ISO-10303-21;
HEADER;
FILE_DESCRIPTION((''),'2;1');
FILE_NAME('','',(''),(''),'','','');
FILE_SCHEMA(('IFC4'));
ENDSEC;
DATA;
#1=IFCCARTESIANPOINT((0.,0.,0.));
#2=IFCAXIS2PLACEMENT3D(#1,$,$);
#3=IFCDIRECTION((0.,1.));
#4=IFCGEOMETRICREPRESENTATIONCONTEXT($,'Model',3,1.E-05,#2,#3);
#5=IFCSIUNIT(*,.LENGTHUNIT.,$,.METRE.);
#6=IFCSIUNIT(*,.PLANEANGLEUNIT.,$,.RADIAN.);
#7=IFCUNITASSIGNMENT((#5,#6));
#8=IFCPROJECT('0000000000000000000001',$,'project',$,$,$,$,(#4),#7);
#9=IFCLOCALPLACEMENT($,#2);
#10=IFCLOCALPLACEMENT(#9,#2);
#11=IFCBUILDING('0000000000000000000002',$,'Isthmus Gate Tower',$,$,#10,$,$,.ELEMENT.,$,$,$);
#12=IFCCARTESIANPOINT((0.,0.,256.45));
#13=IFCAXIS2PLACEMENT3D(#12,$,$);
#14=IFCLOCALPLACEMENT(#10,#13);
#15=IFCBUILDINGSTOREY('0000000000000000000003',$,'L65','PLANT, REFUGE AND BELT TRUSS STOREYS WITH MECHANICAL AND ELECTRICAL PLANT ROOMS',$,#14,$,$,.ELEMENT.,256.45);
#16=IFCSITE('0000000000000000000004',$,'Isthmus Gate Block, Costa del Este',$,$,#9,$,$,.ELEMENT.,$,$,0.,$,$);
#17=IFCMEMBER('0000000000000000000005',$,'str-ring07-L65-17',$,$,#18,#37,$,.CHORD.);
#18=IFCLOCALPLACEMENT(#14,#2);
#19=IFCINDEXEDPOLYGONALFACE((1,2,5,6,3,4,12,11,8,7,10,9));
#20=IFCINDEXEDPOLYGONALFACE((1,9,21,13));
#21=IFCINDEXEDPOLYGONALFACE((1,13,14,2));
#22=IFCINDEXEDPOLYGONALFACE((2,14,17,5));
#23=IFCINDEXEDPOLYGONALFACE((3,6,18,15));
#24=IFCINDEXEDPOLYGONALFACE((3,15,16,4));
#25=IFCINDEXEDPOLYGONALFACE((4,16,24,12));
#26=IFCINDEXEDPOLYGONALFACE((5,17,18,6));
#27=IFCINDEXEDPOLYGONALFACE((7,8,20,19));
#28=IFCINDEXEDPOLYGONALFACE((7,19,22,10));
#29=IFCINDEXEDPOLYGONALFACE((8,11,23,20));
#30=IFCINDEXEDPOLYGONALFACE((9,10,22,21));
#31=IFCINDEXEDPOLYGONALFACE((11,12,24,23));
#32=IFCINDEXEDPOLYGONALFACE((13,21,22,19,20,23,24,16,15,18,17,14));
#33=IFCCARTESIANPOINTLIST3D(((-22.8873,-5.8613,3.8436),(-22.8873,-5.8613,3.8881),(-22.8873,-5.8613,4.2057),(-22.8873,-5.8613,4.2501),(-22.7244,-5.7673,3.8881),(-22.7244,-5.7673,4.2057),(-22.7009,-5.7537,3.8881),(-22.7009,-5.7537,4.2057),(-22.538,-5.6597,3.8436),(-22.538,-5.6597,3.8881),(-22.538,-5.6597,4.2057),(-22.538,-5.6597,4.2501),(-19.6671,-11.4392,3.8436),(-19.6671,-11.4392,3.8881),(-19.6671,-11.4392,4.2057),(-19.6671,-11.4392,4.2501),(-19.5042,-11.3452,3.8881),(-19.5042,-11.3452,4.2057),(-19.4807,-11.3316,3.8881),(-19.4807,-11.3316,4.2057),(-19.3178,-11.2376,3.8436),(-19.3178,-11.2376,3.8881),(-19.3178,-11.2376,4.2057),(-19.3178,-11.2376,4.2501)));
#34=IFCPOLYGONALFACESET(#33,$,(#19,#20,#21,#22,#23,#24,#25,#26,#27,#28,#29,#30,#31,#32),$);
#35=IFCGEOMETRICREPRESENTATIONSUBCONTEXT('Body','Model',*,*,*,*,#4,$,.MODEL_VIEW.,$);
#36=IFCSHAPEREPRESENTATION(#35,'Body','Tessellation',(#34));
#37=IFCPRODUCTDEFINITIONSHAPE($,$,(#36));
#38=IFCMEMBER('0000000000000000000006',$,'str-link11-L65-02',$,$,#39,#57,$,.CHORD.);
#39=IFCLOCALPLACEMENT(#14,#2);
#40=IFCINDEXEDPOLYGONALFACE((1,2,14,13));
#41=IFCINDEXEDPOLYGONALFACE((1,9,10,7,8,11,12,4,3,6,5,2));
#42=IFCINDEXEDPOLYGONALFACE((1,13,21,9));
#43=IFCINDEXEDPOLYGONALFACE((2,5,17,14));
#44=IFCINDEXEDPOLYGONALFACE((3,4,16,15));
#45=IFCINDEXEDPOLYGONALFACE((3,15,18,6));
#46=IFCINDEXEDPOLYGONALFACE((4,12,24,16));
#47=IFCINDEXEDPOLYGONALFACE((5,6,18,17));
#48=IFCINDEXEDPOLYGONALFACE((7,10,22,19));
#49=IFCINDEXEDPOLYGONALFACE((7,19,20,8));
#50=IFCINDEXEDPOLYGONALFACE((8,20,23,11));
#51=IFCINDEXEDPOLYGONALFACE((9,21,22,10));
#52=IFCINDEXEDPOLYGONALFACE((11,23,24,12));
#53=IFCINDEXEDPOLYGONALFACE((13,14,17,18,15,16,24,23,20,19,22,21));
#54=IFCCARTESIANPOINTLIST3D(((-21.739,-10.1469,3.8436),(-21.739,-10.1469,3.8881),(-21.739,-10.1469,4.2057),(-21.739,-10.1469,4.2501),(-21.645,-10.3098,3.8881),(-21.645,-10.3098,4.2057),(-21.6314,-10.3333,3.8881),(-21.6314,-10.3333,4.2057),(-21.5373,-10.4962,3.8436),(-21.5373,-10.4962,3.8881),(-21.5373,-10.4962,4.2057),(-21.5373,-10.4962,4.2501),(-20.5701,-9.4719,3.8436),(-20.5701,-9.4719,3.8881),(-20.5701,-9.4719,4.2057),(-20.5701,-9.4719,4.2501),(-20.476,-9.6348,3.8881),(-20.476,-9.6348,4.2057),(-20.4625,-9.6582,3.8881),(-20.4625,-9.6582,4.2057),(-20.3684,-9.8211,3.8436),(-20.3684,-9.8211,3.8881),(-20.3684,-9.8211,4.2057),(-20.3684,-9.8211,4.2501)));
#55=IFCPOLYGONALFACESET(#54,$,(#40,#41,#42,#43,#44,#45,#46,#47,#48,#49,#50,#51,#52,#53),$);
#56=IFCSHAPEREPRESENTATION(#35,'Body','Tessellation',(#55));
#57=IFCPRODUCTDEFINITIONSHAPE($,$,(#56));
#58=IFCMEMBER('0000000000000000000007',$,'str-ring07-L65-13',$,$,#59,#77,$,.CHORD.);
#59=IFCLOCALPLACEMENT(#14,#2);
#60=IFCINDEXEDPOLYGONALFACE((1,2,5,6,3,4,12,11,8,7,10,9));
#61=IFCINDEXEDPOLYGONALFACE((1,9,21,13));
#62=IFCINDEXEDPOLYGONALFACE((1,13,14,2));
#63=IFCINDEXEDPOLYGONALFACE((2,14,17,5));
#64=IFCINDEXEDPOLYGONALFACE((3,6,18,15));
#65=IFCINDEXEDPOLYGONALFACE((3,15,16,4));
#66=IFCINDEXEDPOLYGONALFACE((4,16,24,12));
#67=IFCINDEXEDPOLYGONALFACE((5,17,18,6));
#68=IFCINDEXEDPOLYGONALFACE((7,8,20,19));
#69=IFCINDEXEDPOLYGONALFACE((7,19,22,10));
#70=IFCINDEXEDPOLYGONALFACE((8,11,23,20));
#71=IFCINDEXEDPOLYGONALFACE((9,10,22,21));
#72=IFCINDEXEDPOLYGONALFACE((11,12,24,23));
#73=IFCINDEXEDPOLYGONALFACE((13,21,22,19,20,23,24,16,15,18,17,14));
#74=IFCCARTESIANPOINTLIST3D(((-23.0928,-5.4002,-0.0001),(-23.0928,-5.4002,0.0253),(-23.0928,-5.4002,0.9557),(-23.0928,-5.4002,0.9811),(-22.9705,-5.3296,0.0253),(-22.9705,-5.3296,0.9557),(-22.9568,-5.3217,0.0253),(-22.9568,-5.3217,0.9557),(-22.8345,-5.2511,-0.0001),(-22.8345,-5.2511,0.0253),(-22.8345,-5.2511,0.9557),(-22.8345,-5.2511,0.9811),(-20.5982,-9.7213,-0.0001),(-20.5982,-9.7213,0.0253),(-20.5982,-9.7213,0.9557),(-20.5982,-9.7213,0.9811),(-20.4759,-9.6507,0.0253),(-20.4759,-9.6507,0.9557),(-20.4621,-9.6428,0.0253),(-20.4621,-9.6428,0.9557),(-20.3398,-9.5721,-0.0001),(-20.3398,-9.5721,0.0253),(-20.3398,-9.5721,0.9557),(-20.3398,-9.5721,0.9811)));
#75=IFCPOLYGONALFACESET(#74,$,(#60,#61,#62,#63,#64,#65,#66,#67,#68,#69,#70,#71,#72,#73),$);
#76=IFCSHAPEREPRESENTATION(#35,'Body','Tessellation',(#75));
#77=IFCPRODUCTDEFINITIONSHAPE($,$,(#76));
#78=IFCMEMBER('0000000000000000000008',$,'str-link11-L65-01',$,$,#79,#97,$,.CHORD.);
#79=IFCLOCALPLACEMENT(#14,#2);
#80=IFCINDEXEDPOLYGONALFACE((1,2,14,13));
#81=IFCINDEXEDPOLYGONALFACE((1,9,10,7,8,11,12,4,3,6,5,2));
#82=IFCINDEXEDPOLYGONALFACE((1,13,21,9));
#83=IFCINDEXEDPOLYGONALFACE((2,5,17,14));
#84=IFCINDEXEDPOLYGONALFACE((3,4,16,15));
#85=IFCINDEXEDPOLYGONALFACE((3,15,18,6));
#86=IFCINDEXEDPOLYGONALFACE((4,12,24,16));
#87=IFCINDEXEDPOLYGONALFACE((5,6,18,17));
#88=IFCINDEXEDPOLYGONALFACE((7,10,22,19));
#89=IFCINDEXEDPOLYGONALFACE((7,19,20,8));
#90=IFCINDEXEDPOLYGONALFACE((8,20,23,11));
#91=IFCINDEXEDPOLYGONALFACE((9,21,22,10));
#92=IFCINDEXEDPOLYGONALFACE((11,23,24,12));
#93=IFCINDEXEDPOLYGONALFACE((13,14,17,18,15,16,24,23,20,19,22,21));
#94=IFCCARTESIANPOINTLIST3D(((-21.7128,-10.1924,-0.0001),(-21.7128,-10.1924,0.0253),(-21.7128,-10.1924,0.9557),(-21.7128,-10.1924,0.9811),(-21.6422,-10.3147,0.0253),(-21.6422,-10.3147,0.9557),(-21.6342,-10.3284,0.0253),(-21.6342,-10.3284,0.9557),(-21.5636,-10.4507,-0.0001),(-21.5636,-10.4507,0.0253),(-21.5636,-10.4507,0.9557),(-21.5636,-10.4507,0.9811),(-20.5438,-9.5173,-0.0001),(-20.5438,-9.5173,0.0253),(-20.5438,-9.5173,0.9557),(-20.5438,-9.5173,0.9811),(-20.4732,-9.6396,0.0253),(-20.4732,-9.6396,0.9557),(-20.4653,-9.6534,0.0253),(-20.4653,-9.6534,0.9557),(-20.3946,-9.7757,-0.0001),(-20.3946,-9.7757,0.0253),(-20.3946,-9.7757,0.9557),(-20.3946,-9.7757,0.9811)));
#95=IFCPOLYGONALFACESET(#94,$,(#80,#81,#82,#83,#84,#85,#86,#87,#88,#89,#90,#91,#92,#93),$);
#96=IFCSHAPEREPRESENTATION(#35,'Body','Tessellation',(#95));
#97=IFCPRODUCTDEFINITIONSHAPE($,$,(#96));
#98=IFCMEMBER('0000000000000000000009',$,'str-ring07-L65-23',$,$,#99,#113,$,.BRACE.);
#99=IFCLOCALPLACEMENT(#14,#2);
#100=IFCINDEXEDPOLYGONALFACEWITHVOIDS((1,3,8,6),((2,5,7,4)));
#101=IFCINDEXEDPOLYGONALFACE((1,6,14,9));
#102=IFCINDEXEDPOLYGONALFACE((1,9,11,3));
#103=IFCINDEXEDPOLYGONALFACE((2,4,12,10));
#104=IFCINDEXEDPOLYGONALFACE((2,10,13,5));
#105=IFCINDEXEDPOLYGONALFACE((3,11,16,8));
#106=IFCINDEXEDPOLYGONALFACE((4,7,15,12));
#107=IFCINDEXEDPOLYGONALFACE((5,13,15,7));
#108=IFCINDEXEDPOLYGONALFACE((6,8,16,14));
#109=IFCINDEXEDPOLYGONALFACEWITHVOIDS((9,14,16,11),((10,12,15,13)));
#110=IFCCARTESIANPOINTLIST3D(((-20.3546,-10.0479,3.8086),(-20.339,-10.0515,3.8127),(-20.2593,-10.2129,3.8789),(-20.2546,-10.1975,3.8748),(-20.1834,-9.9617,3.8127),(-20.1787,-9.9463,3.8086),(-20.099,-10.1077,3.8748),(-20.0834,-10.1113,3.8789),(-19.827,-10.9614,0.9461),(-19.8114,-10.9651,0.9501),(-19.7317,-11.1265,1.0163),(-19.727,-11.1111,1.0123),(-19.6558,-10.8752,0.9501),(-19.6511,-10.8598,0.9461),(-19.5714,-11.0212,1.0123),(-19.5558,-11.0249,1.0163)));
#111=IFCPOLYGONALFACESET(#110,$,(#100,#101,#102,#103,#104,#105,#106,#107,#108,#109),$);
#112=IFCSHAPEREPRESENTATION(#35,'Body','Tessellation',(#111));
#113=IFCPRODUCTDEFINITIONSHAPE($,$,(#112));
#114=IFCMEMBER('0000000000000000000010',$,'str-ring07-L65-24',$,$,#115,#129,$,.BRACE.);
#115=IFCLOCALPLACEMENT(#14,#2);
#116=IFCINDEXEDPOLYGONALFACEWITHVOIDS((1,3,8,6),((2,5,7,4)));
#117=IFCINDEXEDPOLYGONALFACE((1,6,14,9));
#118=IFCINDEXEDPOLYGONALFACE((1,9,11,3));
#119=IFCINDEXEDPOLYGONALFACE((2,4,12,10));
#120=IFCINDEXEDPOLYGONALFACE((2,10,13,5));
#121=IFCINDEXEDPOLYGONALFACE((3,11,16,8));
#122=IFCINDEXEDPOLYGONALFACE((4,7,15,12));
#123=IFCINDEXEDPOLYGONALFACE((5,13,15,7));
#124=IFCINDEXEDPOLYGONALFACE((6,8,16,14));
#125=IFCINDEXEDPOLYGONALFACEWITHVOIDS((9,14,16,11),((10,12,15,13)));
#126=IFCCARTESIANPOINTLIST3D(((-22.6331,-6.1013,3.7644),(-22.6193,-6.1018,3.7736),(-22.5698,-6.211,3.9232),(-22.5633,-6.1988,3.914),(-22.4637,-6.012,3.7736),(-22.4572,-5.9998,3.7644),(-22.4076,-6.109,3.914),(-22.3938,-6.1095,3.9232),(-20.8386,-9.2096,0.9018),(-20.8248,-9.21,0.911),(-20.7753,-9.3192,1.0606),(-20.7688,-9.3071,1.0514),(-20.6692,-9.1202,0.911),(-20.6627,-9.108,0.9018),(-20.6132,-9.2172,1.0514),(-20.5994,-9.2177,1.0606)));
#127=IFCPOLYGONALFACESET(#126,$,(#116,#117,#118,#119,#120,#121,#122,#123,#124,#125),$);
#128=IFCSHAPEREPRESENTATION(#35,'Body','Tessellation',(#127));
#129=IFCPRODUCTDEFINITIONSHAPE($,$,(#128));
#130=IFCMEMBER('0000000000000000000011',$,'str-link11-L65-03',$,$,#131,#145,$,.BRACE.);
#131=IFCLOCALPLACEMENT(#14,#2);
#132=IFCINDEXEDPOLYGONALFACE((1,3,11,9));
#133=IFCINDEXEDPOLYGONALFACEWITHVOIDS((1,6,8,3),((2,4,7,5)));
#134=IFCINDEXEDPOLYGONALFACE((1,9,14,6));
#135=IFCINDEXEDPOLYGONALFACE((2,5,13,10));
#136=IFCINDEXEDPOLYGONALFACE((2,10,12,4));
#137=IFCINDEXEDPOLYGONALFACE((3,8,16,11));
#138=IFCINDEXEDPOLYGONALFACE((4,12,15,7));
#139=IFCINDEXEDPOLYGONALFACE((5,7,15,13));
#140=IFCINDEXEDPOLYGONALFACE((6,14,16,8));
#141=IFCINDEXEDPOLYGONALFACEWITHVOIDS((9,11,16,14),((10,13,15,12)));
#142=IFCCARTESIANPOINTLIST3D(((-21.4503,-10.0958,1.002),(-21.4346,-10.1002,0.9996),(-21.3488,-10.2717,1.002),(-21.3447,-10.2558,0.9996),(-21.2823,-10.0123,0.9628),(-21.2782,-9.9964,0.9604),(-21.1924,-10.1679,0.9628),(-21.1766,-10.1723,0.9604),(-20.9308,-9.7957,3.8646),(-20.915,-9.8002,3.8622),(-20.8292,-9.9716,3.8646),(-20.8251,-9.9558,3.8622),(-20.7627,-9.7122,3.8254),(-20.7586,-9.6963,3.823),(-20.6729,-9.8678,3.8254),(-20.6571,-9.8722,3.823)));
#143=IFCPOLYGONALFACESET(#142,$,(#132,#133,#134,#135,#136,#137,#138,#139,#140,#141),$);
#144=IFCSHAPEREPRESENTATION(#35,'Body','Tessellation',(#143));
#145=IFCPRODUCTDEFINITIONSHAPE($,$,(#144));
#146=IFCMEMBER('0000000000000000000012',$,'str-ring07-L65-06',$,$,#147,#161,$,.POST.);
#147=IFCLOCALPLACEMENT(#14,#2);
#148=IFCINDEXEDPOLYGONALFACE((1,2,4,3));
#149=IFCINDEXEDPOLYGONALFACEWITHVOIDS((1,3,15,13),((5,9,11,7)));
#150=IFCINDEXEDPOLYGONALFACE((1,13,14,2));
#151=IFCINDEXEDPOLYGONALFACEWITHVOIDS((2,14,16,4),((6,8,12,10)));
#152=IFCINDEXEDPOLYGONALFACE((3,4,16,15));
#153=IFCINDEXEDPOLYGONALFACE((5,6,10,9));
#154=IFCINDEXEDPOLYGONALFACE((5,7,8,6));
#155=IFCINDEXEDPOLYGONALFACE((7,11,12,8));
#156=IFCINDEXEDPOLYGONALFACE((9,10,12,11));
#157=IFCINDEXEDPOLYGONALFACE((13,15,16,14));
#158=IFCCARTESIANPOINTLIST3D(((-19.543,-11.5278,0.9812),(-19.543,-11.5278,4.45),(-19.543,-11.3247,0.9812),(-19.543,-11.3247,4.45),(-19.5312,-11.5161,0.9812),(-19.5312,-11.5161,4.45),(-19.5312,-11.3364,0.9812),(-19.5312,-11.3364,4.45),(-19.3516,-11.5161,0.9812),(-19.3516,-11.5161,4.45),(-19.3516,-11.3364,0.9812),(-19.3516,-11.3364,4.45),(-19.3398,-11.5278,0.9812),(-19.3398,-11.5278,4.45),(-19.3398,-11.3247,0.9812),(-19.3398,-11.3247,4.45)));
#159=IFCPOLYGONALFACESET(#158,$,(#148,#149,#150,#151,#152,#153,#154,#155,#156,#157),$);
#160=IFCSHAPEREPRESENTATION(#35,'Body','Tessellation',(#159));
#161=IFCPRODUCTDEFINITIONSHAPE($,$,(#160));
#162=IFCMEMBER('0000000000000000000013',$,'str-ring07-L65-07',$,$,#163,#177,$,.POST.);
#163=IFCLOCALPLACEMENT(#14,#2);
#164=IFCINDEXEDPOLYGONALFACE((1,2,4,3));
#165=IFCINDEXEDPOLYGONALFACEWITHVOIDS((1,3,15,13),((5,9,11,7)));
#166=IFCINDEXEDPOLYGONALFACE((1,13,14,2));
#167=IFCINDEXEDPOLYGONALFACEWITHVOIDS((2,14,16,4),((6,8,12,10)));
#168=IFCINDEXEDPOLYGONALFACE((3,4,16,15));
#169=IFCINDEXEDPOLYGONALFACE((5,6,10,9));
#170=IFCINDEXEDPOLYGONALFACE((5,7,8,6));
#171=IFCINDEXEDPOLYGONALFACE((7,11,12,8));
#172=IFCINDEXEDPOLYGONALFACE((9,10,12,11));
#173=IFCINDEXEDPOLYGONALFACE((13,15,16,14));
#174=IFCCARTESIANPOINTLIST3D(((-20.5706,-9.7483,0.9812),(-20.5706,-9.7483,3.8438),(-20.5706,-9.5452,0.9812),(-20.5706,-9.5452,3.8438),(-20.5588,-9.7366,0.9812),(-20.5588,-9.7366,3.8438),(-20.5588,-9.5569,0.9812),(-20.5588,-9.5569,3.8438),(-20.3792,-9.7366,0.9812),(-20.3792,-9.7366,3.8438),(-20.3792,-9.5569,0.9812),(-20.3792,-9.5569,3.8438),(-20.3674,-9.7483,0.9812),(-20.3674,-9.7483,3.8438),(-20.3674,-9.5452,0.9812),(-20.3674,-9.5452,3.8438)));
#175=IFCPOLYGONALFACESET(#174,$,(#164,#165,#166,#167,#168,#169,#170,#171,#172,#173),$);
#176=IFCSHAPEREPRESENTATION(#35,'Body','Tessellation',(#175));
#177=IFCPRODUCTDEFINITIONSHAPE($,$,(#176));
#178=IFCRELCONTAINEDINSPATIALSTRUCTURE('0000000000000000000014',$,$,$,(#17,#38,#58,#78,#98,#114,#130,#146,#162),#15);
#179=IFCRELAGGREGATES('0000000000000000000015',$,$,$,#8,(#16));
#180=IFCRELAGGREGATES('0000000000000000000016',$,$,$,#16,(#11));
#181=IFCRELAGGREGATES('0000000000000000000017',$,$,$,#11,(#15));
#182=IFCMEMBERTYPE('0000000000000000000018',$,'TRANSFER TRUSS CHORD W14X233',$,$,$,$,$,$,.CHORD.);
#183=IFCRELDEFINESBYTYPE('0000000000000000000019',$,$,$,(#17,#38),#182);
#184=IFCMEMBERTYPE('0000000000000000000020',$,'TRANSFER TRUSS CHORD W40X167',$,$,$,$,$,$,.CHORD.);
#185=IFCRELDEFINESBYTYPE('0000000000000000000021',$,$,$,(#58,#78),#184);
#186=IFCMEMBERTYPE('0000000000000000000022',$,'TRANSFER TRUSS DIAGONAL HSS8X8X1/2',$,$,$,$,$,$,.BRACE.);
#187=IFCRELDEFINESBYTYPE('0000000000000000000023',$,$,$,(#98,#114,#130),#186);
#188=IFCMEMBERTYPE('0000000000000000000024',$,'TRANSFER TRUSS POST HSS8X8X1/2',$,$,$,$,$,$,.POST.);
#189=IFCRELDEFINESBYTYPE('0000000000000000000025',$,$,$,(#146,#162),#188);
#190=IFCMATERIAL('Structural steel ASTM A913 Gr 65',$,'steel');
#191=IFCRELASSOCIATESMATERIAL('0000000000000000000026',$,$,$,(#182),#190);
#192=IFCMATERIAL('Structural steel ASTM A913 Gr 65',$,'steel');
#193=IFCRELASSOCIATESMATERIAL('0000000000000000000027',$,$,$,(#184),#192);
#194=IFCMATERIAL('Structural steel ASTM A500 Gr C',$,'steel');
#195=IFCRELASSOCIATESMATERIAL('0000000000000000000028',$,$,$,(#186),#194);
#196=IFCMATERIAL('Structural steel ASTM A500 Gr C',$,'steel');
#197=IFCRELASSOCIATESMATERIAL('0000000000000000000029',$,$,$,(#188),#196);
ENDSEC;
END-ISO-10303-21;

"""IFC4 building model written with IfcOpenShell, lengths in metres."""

from ifc_helpers import new_model, si_unit, direction, frame, origin, origin_2d, place, context, subcontext, project, spatial, hollow_rectangle, i_section, extrude, material, material_profile, profile_set, type_object, element, save


model = new_model("IFC4")

# Units and contexts
model_context = context("Model", 3, precision=1e-05, world=origin(), true_north=direction((0.0, 1.0)))
body_context = subcontext(model_context, "Body", "Model", "MODEL_VIEW")
ifc_project = project(units=[si_unit("LENGTHUNIT", "METRE"), si_unit("PLANEANGLEUNIT", "RADIAN")], contexts=[model_context])

# Site, building, storey
site_placement = place(None, origin())
site = spatial("IfcSite", under=ifc_project, at=site_placement, Name="Isthmus Gate Block, Costa del Este", CompositionType="ELEMENT", RefElevation=0.0)
building_placement = place(site_placement, origin())
building = spatial("IfcBuilding", under=site, at=building_placement, Name="Isthmus Gate Tower", CompositionType="ELEMENT")
storey_placement = place(building_placement, frame((0.0, 0.0, 256.45)))
storey = spatial("IfcBuildingStorey", under=building, at=storey_placement, Name="L65", Description="PLANT, REFUGE AND BELT TRUSS STOREYS WITH MECHANICAL AND ELECTRICAL PLANT ROOMS", CompositionType="ELEMENT", Elevation=256.45)

# Members
ifc_material_1 = material(Name="Structural steel ASTM A913 Gr 65", Category="steel")
ifc_material_profile_1 = material_profile(ifc_material_1, i_section(OverallWidth=0.4033, OverallDepth=0.4065, WebThickness=0.0271, FlangeThickness=0.0444, at=origin_2d()), Name="W14X233")
ifc_profile_set_1 = profile_set([ifc_material_profile_1], Name="Structural steel ASTM A913 Gr 65")
member_type_1 = type_object("IfcMemberType", Name="TRANSFER TRUSS CHORD W14X233", PredefinedType="CHORD", material=ifc_profile_set_1)
member_1_placement = place(storey_placement, frame((-19.4924, -11.3384, 4.0469), z_axis=(-0.499979, 0.866037, 0.0), x_axis=(-0.866037, -0.499979, 0.0)))
element("IfcMember", 1, at=member_1_placement, inside=storey, type_object=member_type_1, Name="str-ring07-L65-17", PredefinedType="CHORD", context=body_context, shape_type="SweptSolid", body=[
    extrude(i_section(OverallWidth=0.4033, OverallDepth=0.4065, WebThickness=0.0271, FlangeThickness=0.0444, at=origin_2d()), origin(), (0.0, 0.0, 1.0), 6.4407),
])
member_2_placement = place(storey_placement, frame((-21.6382, -10.3215, 4.0469), z_axis=(0.865975, 0.500088, 0.0), x_axis=(-0.500088, 0.865975, 0.0)))
element("IfcMember", 2, at=member_2_placement, inside=storey, type_object=member_type_1, Name="str-link11-L65-02", PredefinedType="CHORD", context=body_context, shape_type="SweptSolid", body=[
    extrude(i_section(OverallWidth=0.4033, OverallDepth=0.4065, WebThickness=0.0271, FlangeThickness=0.0444, at=origin_2d()), origin(), (0.0, 0.0, 1.0), 1.3499),
])
ifc_material_2 = material(Name="Structural steel ASTM A913 Gr 65", Category="steel")
ifc_material_profile_2 = material_profile(ifc_material_2, i_section(OverallWidth=0.2983, OverallDepth=0.9812, WebThickness=0.0159, FlangeThickness=0.0254, at=origin_2d()), Name="W40X167")
ifc_profile_set_2 = profile_set([ifc_material_profile_2], Name="Structural steel ASTM A913 Gr 65")
member_type_2 = type_object("IfcMemberType", Name="TRANSFER TRUSS CHORD W40X167", PredefinedType="CHORD", material=ifc_profile_set_2)
member_3_placement = place(storey_placement, frame((-20.469, -9.6467, 0.4905), z_axis=(-0.499981, 0.866036, 0.0), x_axis=(-0.866036, -0.499981, 0.0)))
element("IfcMember", 3, at=member_3_placement, inside=storey, type_object=member_type_2, Name="str-ring07-L65-13", PredefinedType="CHORD", context=body_context, shape_type="SweptSolid", body=[
    extrude(i_section(OverallWidth=0.2983, OverallDepth=0.9812, WebThickness=0.0159, FlangeThickness=0.0254, at=origin_2d()), origin(), (0.0, 0.0, 1.0), 4.9895),
])
member_4_placement = place(storey_placement, frame((-21.6382, -10.3215, 0.4905), z_axis=(0.865975, 0.500088, 0.0), x_axis=(-0.500088, 0.865975, 0.0)))
element("IfcMember", 4, at=member_4_placement, inside=storey, type_object=member_type_2, Name="str-link11-L65-01", PredefinedType="CHORD", context=body_context, shape_type="SweptSolid", body=[
    extrude(i_section(OverallWidth=0.2983, OverallDepth=0.9812, WebThickness=0.0159, FlangeThickness=0.0254, at=origin_2d()), origin(), (0.0, 0.0, 1.0), 1.3499),
])
ifc_material_3 = material(Name="Structural steel ASTM A500 Gr C", Category="steel")
ifc_material_profile_3 = material_profile(ifc_material_3, hollow_rectangle(XDim=0.2031, YDim=0.2031, WallThickness=0.0117, at=origin_2d()), Name="HSS8X8X1/2")
ifc_profile_set_3 = profile_set([ifc_material_profile_3], Name="Structural steel ASTM A500 Gr C")
member_type_3 = type_object("IfcMemberType", Name="TRANSFER TRUSS DIAGONAL HSS8X8X1/2", PredefinedType="BRACE", material=ifc_profile_set_3)
member_5_placement = place(storey_placement, frame((-19.6914, -10.9932, 0.9812), z_axis=(-0.172936, 0.299458, 0.938306), x_axis=(-0.86597, -0.500096, 0.0)))
element("IfcMember", 5, at=member_5_placement, inside=storey, type_object=member_type_3, Name="str-ring07-L65-23", PredefinedType="BRACE", context=body_context, shape_type="SweptSolid", body=[
    extrude(hollow_rectangle(XDim=0.2031, YDim=0.2031, WallThickness=0.0117, at=origin_2d()), origin(), (0.0, 0.0, 1.0), 3.0508),
])
member_6_placement = place(storey_placement, frame((-20.719, -9.2136, 0.9812), z_axis=(-0.390882, 0.67705, 0.62355), x_axis=(-0.866033, -0.499987, 0.0)))
element("IfcMember", 6, at=member_6_placement, inside=storey, type_object=member_type_3, Name="str-ring07-L65-24", PredefinedType="BRACE", context=body_context, shape_type="SweptSolid", body=[
    extrude(hollow_rectangle(XDim=0.2031, YDim=0.2031, WallThickness=0.0117, at=origin_2d()), origin(), (0.0, 0.0, 1.0), 4.5908),
])
member_7_placement = place(storey_placement, frame((-21.3135, -10.134, 0.9812), z_axis=(0.177633, 0.10259, 0.978735), x_axis=(-0.500122, 0.865955, 0.0)))
element("IfcMember", 7, at=member_7_placement, inside=storey, type_object=member_type_3, Name="str-link11-L65-03", PredefinedType="BRACE", context=body_context, shape_type="SweptSolid", body=[
    extrude(hollow_rectangle(XDim=0.2031, YDim=0.2031, WallThickness=0.0117, at=origin_2d()), origin(), (0.0, 0.0, 1.0), 2.9248),
])
ifc_material_4 = material(Name="Structural steel ASTM A500 Gr C", Category="steel")
ifc_material_profile_4 = material_profile(ifc_material_4, hollow_rectangle(XDim=0.2031, YDim=0.2031, WallThickness=0.0117, at=origin_2d()), Name="HSS8X8X1/2")
ifc_profile_set_4 = profile_set([ifc_material_profile_4], Name="Structural steel ASTM A500 Gr C")
member_type_4 = type_object("IfcMemberType", Name="TRANSFER TRUSS POST HSS8X8X1/2", PredefinedType="POST", material=ifc_profile_set_4)
member_8_placement = place(storey_placement, frame((-19.4414, -11.4263, 0.9812), z_axis=(0.0, 0.0, 1.0), x_axis=(1.0, 0.0, 0.0)))
element("IfcMember", 8, at=member_8_placement, inside=storey, type_object=member_type_4, Name="str-ring07-L65-06", PredefinedType="POST", context=body_context, shape_type="SweptSolid", body=[
    extrude(hollow_rectangle(XDim=0.2031, YDim=0.2031, WallThickness=0.0117, at=origin_2d()), origin(), (0.0, 0.0, 1.0), 3.4688),
])
member_9_placement = place(storey_placement, frame((-20.469, -9.6467, 0.9812), z_axis=(0.0, 0.0, 1.0), x_axis=(1.0, 0.0, 0.0)))
element("IfcMember", 9, at=member_9_placement, inside=storey, type_object=member_type_4, Name="str-ring07-L65-07", PredefinedType="POST", context=body_context, shape_type="SweptSolid", body=[
    extrude(hollow_rectangle(XDim=0.2031, YDim=0.2031, WallThickness=0.0117, at=origin_2d()), origin(), (0.0, 0.0, 1.0), 2.8625),
])

save(model, "model.ifc")
